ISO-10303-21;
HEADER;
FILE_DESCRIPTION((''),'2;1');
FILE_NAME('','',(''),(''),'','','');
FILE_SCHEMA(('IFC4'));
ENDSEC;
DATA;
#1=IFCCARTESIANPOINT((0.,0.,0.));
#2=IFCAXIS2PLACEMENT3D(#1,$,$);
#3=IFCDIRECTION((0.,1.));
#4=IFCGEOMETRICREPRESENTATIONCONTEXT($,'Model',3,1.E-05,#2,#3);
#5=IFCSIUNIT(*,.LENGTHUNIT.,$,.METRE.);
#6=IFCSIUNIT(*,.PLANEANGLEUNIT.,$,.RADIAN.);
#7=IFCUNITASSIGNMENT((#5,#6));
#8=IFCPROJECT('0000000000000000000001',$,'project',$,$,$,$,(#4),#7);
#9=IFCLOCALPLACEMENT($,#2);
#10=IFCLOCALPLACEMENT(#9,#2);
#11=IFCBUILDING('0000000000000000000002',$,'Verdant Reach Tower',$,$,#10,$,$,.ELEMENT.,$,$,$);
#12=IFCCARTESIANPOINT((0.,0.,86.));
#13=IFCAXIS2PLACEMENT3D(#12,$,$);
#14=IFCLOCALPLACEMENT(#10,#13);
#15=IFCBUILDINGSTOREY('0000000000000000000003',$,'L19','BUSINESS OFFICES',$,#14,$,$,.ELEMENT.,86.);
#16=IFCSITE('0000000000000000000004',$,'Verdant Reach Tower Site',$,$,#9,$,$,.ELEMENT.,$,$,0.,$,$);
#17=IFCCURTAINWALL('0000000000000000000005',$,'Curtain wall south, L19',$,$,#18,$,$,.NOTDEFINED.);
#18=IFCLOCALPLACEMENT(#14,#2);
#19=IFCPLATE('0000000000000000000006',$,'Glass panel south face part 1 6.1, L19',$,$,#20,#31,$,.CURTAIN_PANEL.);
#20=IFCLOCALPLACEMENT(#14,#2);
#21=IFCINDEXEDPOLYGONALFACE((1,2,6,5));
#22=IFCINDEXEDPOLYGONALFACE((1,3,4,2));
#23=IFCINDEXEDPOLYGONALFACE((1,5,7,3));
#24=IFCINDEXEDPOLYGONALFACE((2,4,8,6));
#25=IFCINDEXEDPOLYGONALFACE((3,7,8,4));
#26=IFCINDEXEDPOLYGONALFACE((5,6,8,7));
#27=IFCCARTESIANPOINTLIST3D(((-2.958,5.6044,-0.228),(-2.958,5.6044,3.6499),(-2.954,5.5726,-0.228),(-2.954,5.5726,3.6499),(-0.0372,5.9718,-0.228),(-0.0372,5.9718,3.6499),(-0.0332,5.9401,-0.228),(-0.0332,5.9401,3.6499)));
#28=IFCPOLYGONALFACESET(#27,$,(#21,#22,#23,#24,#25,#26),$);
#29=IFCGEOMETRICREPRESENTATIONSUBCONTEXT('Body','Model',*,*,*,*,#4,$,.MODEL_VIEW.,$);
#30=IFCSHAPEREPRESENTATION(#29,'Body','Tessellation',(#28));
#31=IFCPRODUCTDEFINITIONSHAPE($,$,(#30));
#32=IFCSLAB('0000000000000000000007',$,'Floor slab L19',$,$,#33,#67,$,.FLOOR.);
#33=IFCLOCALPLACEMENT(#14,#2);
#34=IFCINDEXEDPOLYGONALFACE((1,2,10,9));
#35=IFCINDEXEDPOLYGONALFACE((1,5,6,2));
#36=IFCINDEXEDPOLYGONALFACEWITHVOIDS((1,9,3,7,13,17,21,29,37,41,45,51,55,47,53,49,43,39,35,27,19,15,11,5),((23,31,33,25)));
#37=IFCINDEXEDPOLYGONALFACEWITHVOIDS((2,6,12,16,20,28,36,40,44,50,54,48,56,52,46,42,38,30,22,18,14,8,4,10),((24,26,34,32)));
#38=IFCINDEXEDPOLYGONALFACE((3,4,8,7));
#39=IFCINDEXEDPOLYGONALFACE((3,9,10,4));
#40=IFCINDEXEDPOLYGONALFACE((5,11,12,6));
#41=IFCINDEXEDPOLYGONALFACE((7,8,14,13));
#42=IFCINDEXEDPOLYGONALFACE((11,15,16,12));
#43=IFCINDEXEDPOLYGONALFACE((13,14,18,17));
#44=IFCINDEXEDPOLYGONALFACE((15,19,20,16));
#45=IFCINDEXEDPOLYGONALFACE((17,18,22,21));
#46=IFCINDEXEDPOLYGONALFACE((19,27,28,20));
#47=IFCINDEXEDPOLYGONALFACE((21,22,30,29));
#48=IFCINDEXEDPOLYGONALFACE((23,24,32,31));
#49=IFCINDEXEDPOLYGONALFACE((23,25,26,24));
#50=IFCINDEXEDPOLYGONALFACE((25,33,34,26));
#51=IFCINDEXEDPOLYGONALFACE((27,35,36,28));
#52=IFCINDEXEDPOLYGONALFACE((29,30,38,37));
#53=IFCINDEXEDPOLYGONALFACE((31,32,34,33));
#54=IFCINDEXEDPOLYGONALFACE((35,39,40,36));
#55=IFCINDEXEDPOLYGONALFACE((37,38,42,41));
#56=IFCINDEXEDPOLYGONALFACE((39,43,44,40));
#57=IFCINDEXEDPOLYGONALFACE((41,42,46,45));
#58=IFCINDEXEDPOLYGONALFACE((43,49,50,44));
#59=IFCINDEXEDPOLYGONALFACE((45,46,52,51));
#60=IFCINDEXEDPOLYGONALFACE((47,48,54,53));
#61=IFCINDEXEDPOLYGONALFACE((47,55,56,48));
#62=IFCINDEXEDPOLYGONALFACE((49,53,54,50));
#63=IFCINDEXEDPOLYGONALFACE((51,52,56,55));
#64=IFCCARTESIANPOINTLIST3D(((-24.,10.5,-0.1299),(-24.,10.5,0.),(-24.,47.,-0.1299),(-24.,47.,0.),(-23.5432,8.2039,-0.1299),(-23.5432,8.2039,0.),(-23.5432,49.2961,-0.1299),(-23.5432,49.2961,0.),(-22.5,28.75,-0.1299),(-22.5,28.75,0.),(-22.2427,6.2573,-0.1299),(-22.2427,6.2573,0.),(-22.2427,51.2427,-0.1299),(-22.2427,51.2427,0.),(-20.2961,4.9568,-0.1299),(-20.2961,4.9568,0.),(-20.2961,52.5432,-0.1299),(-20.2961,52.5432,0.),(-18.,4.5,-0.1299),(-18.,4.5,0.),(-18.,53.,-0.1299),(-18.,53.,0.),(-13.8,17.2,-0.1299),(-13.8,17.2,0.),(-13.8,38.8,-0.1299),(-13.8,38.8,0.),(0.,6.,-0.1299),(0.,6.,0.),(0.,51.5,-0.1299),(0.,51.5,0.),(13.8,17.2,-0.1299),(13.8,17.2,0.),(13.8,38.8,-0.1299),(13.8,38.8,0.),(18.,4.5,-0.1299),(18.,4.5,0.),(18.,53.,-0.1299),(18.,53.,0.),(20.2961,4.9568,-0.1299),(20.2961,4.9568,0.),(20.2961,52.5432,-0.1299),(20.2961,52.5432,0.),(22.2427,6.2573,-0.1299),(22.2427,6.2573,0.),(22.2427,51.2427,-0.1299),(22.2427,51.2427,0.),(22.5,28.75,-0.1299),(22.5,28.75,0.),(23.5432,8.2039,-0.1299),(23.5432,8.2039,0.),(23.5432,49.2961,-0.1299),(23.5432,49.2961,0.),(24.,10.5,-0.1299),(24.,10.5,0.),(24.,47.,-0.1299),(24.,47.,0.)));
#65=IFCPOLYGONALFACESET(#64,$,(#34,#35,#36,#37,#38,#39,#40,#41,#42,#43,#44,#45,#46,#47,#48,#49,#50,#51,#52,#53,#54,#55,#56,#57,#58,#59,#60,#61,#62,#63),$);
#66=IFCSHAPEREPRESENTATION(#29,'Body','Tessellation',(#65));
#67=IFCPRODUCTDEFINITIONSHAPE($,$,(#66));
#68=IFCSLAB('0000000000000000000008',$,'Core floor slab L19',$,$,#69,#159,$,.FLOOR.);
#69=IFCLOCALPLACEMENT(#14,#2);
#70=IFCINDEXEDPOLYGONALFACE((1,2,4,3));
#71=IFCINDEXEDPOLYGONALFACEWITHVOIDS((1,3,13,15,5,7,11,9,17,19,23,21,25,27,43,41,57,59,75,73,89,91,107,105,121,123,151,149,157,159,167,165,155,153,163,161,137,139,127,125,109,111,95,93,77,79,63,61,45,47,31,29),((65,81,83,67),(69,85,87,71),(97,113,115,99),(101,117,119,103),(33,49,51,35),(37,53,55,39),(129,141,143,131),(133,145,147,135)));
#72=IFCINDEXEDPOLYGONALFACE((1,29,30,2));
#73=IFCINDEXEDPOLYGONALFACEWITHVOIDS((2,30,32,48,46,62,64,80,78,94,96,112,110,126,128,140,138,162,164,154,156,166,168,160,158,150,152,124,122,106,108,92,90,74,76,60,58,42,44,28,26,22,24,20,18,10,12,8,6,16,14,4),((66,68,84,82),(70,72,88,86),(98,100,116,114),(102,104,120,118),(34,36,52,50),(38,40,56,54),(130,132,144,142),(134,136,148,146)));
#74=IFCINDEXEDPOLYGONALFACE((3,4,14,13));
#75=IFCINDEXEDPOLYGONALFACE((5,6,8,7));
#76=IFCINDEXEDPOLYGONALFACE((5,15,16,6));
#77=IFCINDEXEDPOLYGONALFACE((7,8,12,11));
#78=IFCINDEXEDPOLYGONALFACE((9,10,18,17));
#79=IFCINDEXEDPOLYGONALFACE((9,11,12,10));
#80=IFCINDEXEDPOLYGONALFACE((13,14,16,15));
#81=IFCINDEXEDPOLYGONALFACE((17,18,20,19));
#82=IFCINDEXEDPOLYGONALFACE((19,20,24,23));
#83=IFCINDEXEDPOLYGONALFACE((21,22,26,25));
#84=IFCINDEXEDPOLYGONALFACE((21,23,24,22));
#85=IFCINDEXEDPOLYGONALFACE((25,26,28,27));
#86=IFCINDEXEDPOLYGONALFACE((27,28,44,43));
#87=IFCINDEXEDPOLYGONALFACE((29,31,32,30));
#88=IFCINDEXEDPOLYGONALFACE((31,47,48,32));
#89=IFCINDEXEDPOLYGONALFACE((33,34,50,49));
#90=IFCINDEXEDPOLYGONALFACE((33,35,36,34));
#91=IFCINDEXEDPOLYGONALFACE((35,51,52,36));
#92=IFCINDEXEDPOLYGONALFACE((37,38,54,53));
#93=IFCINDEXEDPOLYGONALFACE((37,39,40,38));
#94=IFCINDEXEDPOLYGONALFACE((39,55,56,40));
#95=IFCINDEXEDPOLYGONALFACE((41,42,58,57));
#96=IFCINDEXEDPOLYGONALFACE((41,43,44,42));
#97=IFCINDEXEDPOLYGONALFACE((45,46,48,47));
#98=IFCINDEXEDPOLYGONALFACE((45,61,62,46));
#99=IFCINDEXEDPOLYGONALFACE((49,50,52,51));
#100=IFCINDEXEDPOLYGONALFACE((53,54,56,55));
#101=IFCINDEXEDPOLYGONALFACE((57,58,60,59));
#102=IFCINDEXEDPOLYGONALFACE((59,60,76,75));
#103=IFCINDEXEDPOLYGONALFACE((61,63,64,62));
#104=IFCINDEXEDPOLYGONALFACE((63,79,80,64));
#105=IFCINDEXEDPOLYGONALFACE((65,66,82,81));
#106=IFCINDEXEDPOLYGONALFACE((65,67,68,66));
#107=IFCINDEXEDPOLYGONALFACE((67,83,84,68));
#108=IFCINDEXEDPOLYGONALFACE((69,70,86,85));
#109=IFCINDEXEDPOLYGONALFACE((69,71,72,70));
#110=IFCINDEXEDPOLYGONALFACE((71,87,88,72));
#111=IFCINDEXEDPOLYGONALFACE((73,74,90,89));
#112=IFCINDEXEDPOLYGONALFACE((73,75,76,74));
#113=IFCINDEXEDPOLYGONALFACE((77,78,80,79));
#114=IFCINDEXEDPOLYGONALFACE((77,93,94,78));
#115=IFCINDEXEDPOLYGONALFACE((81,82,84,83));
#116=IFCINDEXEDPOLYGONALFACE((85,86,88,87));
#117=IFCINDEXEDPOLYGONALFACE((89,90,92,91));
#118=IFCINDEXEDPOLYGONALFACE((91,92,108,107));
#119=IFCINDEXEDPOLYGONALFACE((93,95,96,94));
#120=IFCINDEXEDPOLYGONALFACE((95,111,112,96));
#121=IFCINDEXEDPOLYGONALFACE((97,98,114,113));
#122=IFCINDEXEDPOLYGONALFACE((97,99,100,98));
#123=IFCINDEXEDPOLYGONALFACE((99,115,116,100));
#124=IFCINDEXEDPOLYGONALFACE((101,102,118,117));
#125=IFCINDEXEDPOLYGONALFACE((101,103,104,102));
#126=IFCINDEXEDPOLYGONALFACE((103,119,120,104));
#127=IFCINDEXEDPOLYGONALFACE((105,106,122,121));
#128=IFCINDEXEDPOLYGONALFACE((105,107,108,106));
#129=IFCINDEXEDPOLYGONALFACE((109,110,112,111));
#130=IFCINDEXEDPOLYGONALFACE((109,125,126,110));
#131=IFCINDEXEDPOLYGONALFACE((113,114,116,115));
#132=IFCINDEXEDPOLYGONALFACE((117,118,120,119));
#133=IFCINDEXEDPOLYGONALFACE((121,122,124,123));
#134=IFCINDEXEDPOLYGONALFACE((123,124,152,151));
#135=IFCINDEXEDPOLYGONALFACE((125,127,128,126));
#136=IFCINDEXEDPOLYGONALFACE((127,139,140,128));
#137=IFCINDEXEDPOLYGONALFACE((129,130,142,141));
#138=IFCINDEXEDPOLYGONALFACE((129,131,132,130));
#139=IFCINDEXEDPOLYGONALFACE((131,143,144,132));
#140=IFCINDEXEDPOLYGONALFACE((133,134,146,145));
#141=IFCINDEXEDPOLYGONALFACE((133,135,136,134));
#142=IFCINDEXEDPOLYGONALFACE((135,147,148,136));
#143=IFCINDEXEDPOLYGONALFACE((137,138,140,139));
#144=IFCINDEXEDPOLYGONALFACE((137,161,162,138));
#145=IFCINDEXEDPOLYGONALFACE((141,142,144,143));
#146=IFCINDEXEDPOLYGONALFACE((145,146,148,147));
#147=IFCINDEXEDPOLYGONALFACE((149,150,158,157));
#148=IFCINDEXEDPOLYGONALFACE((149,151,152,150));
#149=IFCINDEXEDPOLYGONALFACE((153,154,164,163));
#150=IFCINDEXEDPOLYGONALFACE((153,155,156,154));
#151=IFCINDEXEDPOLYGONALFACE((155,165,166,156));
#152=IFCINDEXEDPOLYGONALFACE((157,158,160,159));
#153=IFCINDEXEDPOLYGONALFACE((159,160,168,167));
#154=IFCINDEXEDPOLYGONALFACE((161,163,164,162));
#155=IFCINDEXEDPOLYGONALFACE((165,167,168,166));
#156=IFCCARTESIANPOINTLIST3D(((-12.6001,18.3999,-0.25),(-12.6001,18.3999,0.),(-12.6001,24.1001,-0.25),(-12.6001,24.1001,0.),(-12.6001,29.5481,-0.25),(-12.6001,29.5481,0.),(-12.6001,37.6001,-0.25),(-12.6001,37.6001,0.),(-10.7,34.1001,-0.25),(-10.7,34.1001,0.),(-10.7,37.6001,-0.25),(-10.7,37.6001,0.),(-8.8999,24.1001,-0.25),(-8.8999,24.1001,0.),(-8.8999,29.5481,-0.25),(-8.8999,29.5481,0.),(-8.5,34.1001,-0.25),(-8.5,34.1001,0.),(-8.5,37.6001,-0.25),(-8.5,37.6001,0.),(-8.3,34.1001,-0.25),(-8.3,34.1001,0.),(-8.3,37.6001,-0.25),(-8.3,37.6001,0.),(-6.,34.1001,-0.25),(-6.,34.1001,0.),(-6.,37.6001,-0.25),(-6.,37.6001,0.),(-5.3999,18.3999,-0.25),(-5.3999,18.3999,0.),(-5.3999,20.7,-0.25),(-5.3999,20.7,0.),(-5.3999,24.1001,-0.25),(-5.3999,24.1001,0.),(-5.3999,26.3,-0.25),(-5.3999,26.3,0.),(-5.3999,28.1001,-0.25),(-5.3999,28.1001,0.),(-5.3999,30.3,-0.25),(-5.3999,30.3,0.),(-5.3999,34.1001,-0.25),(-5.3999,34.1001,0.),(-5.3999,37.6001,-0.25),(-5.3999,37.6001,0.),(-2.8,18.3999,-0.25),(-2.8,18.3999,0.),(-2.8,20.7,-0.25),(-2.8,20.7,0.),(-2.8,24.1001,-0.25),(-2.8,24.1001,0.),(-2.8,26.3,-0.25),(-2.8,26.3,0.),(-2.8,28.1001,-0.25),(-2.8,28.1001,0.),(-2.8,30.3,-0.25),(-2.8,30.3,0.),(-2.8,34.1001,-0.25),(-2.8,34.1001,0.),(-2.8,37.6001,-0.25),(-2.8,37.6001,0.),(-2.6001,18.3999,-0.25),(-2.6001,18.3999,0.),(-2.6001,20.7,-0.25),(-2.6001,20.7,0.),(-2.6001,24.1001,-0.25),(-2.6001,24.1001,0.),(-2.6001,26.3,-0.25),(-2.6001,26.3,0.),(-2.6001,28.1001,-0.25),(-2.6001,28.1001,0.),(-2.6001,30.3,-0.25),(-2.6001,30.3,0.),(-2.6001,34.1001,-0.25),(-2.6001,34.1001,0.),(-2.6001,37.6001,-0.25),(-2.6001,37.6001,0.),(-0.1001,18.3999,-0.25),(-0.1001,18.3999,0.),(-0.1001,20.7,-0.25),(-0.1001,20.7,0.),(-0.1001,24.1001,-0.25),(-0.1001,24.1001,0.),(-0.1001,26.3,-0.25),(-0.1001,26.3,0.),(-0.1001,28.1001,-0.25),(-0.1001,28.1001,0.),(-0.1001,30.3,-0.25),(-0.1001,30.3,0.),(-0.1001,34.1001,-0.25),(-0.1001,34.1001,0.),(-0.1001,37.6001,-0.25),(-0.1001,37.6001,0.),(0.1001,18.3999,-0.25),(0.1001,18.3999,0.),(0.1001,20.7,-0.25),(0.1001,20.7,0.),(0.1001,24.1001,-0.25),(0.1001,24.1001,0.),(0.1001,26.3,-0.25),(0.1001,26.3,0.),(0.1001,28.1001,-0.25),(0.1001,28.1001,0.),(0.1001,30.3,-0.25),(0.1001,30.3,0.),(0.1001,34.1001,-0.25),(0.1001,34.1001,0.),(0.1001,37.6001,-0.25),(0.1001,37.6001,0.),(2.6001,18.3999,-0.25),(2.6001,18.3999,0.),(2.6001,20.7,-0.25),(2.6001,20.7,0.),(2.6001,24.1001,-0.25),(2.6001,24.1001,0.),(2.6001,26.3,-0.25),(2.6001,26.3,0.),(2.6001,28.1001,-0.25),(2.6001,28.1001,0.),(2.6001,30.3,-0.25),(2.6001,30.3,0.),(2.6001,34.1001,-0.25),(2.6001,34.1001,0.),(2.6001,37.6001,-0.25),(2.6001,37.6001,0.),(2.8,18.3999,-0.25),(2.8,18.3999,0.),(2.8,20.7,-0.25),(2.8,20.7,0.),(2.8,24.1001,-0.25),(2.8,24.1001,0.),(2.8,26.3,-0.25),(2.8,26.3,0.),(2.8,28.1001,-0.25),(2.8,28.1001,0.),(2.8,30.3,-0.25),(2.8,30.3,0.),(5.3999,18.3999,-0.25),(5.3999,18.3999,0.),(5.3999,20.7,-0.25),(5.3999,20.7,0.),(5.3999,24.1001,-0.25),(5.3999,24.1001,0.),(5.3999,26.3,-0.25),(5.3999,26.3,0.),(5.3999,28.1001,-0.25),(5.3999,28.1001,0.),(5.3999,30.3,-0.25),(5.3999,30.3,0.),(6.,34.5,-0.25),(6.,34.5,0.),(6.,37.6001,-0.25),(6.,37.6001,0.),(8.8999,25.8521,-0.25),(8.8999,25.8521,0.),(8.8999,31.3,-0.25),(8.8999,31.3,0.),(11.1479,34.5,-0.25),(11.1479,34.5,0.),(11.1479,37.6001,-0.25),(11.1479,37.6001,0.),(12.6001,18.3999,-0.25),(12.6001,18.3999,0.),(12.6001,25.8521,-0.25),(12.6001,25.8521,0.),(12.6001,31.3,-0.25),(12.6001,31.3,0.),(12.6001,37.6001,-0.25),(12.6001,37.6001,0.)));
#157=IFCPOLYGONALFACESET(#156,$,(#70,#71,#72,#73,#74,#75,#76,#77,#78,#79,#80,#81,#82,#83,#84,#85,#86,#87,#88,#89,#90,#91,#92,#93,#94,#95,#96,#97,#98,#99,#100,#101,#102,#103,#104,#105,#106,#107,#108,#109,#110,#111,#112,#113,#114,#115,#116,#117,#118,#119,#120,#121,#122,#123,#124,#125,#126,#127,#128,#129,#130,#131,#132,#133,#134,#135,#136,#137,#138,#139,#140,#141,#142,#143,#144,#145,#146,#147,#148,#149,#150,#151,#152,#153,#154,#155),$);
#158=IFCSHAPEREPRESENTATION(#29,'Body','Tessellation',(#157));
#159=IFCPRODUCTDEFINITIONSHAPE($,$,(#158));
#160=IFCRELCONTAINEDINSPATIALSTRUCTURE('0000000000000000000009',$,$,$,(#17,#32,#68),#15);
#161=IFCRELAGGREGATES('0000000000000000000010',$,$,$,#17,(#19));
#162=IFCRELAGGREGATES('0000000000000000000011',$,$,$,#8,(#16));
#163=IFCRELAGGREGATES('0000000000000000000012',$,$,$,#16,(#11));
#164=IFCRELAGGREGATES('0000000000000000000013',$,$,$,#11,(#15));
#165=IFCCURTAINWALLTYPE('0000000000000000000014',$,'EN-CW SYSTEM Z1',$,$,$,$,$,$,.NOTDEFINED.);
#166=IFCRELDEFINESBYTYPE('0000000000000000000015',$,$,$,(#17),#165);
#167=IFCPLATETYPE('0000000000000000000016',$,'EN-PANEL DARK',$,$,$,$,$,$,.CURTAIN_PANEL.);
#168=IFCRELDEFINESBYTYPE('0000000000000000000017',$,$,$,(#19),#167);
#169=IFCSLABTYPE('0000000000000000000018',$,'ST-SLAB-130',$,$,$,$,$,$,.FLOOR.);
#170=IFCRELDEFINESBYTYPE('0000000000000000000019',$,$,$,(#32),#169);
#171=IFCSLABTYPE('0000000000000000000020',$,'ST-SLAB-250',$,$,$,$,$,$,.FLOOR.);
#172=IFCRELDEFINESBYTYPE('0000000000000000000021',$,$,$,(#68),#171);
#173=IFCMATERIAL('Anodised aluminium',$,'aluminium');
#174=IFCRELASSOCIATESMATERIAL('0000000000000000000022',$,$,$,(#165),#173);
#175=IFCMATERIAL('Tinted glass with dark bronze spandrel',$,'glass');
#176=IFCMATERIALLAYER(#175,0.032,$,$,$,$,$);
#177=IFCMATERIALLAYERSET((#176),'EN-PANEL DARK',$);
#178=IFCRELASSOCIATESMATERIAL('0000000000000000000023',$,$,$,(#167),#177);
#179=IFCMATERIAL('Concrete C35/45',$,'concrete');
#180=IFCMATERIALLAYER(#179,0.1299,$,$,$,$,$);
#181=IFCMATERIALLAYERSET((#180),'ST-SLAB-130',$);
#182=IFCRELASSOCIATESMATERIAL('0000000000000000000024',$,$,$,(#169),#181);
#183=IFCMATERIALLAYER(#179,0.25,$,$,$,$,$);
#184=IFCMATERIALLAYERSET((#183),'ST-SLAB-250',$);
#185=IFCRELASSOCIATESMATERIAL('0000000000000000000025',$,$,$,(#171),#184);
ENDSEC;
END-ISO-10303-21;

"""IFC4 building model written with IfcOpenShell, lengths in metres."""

from ifc_helpers import new_model, si_unit, direction, frame, origin, origin_2d, place, context, subcontext, project, spatial, polyline, rectangle, outline, extrude, material, layer, layer_set, type_object, element, aggregate, save


model = new_model("IFC4")

# Units and contexts
model_context = context("Model", 3, precision=1e-05, world=origin(), true_north=direction((0.0, 1.0)))
body_context = subcontext(model_context, "Body", "Model", "MODEL_VIEW")
ifc_project = project(units=[si_unit("LENGTHUNIT", "METRE"), si_unit("PLANEANGLEUNIT", "RADIAN")], contexts=[model_context])

# Site, building, storey
site_placement = place(None, origin())
site = spatial("IfcSite", under=ifc_project, at=site_placement, Name="Verdant Reach Tower Site", CompositionType="ELEMENT", RefElevation=0.0)
building_placement = place(site_placement, origin())
building = spatial("IfcBuilding", under=site, at=building_placement, Name="Verdant Reach Tower", CompositionType="ELEMENT")
storey_placement = place(building_placement, frame((0.0, 0.0, 86.0)))
storey = spatial("IfcBuildingStorey", under=building, at=storey_placement, Name="L19", Description="BUSINESS OFFICES", CompositionType="ELEMENT", Elevation=86.0)

# Curtain wall, plate
ifc_material_1 = material(Name="Anodised aluminium", Category="aluminium")
curtain_wall_type = type_object("IfcCurtainWallType", Name="EN-CW SYSTEM Z1", PredefinedType="NOTDEFINED", material=ifc_material_1)
curtain_wall_placement = place(storey_placement, origin())
curtain_wall = element("IfcCurtainWall", 1, at=curtain_wall_placement, inside=storey, type_object=curtain_wall_type, Name="Curtain wall south, L19", PredefinedType="NOTDEFINED")
ifc_material_2 = material(Name="Tinted glass with dark bronze spandrel", Category="glass")
ifc_layer_1 = layer(ifc_material_2, 0.032)
ifc_layer_set_1 = layer_set([ifc_layer_1], Name="EN-PANEL DARK")
plate_type_1 = type_object("IfcPlateType", Name="EN-PANEL DARK", PredefinedType="CURTAIN_PANEL", material=ifc_layer_set_1)
plate_1_placement = place(storey_placement, frame((-1.4956, 5.7722, -0.228), z_axis=(0.0, 0.0, 1.0), x_axis=(0.992179, 0.124821, 0.0)))
plate_1 = element("IfcPlate", 2, at=plate_1_placement, type_object=plate_type_1, Name="Glass panel south face part 1 6.1, L19", PredefinedType="CURTAIN_PANEL", context=body_context, shape_type="SweptSolid", body=[
    extrude(rectangle(XDim=2.9438, YDim=0.032, at=origin_2d()), origin(), (0.0, 0.0, 1.0), 3.8779),
])
aggregate(curtain_wall, [plate_1])

# Slabs
ifc_material_3 = material(Name="Concrete C35/45", Category="concrete")
ifc_layer_2 = layer(ifc_material_3, 0.1299)
ifc_layer_set_2 = layer_set([ifc_layer_2], Name="ST-SLAB-130")
slab_type_1 = type_object("IfcSlabType", Name="ST-SLAB-130", PredefinedType="FLOOR", material=ifc_layer_set_2)
slab_1_placement = place(storey_placement, frame((0.0, 0.0, -0.1299)))
element("IfcSlab", 3, at=slab_1_placement, inside=storey, type_object=slab_type_1, Name="Floor slab L19", PredefinedType="FLOOR", context=body_context, shape_type="SweptSolid", body=[
    extrude(outline(polyline([(0.0, 6.0), (-18.0, 4.5), (-20.2961, 4.9568), (-22.2427, 6.2573), (-23.5432, 8.2039), (-24.0, 10.5), (-22.5, 28.75), (-24.0, 47.0), (-23.5432, 49.2961), (-22.2427, 51.2427), (-20.2961, 52.5432), (-18.0, 53.0), (0.0, 51.5), (18.0, 53.0), (20.2961, 52.5432), (22.2427, 51.2427), (23.5432, 49.2961), (24.0, 47.0), (22.5, 28.75), (24.0, 10.5), (23.5432, 8.2039), (22.2427, 6.2573), (20.2961, 4.9568), (18.0, 4.5), (0.0, 6.0)]), holes=[polyline([(13.8, 38.8), (-13.8, 38.8), (-13.8, 17.2), (13.8, 17.2), (13.8, 38.8)])]), origin(), (0.0, 0.0, 1.0), 0.1299),
])
ifc_layer_3 = layer(ifc_material_3, 0.25)
ifc_layer_set_3 = layer_set([ifc_layer_3], Name="ST-SLAB-250")
slab_type_2 = type_object("IfcSlabType", Name="ST-SLAB-250", PredefinedType="FLOOR", material=ifc_layer_set_3)
slab_2_placement = place(storey_placement, frame((0.0, 0.0, -0.25)))
element("IfcSlab", 4, at=slab_2_placement, inside=storey, type_object=slab_type_2, Name="Core floor slab L19", PredefinedType="FLOOR", context=body_context, shape_type="SweptSolid", body=[
    extrude(outline(polyline([(12.6001, 18.3999), (5.3999, 18.3999), (5.3999, 20.7), (2.8, 20.7), (2.8, 18.3999), (2.6001, 18.3999), (2.6001, 20.7), (0.1001, 20.7), (0.1001, 18.3999), (-0.1001, 18.3999), (-0.1001, 20.7), (-2.6001, 20.7), (-2.6001, 18.3999), (-2.8, 18.3999), (-2.8, 20.7), (-5.3999, 20.7), (-5.3999, 18.3999), (-12.6001, 18.3999), (-12.6001, 24.1001), (-8.8999, 24.1001), (-8.8999, 29.5481), (-12.6001, 29.5481), (-12.6001, 37.6001), (-10.7, 37.6001), (-10.7, 34.1001), (-8.5, 34.1001), (-8.5, 37.6001), (-8.3, 37.6001), (-8.3, 34.1001), (-6.0, 34.1001), (-6.0, 37.6001), (-5.3999, 37.6001), (-5.3999, 34.1001), (-2.8, 34.1001), (-2.8, 37.6001), (-2.6001, 37.6001), (-2.6001, 34.1001), (-0.1001, 34.1001), (-0.1001, 37.6001), (0.1001, 37.6001), (0.1001, 34.1001), (2.6001, 34.1001), (2.6001, 37.6001), (6.0, 37.6001), (6.0, 34.5), (11.1479, 34.5), (11.1479, 37.6001), (12.6001, 37.6001), (12.6001, 31.3), (8.8999, 31.3), (8.8999, 25.8521), (12.6001, 25.8521), (12.6001, 18.3999)]), holes=[polyline([(-2.8, 24.1001), (-2.8, 26.3), (-5.3999, 26.3), (-5.3999, 24.1001), (-2.8, 24.1001)]), polyline([(-2.6001, 24.1001), (-0.1001, 24.1001), (-0.1001, 26.3), (-2.6001, 26.3), (-2.6001, 24.1001)]), polyline([(-2.8, 28.1001), (-2.8, 30.3), (-5.3999, 30.3), (-5.3999, 28.1001), (-2.8, 28.1001)]), polyline([(-0.1001, 28.1001), (-0.1001, 30.3), (-2.6001, 30.3), (-2.6001, 28.1001), (-0.1001, 28.1001)]), polyline([(2.6001, 24.1001), (2.6001, 26.3), (0.1001, 26.3), (0.1001, 24.1001), (2.6001, 24.1001)]), polyline([(2.8, 24.1001), (5.3999, 24.1001), (5.3999, 26.3), (2.8, 26.3), (2.8, 24.1001)]), polyline([(2.6001, 28.1001), (2.6001, 30.3), (0.1001, 30.3), (0.1001, 28.1001), (2.6001, 28.1001)]), polyline([(5.3999, 28.1001), (5.3999, 30.3), (2.8, 30.3), (2.8, 28.1001), (5.3999, 28.1001)])]), origin(), (0.0, 0.0, 1.0), 0.25),
])

save(model, "model.ifc")
